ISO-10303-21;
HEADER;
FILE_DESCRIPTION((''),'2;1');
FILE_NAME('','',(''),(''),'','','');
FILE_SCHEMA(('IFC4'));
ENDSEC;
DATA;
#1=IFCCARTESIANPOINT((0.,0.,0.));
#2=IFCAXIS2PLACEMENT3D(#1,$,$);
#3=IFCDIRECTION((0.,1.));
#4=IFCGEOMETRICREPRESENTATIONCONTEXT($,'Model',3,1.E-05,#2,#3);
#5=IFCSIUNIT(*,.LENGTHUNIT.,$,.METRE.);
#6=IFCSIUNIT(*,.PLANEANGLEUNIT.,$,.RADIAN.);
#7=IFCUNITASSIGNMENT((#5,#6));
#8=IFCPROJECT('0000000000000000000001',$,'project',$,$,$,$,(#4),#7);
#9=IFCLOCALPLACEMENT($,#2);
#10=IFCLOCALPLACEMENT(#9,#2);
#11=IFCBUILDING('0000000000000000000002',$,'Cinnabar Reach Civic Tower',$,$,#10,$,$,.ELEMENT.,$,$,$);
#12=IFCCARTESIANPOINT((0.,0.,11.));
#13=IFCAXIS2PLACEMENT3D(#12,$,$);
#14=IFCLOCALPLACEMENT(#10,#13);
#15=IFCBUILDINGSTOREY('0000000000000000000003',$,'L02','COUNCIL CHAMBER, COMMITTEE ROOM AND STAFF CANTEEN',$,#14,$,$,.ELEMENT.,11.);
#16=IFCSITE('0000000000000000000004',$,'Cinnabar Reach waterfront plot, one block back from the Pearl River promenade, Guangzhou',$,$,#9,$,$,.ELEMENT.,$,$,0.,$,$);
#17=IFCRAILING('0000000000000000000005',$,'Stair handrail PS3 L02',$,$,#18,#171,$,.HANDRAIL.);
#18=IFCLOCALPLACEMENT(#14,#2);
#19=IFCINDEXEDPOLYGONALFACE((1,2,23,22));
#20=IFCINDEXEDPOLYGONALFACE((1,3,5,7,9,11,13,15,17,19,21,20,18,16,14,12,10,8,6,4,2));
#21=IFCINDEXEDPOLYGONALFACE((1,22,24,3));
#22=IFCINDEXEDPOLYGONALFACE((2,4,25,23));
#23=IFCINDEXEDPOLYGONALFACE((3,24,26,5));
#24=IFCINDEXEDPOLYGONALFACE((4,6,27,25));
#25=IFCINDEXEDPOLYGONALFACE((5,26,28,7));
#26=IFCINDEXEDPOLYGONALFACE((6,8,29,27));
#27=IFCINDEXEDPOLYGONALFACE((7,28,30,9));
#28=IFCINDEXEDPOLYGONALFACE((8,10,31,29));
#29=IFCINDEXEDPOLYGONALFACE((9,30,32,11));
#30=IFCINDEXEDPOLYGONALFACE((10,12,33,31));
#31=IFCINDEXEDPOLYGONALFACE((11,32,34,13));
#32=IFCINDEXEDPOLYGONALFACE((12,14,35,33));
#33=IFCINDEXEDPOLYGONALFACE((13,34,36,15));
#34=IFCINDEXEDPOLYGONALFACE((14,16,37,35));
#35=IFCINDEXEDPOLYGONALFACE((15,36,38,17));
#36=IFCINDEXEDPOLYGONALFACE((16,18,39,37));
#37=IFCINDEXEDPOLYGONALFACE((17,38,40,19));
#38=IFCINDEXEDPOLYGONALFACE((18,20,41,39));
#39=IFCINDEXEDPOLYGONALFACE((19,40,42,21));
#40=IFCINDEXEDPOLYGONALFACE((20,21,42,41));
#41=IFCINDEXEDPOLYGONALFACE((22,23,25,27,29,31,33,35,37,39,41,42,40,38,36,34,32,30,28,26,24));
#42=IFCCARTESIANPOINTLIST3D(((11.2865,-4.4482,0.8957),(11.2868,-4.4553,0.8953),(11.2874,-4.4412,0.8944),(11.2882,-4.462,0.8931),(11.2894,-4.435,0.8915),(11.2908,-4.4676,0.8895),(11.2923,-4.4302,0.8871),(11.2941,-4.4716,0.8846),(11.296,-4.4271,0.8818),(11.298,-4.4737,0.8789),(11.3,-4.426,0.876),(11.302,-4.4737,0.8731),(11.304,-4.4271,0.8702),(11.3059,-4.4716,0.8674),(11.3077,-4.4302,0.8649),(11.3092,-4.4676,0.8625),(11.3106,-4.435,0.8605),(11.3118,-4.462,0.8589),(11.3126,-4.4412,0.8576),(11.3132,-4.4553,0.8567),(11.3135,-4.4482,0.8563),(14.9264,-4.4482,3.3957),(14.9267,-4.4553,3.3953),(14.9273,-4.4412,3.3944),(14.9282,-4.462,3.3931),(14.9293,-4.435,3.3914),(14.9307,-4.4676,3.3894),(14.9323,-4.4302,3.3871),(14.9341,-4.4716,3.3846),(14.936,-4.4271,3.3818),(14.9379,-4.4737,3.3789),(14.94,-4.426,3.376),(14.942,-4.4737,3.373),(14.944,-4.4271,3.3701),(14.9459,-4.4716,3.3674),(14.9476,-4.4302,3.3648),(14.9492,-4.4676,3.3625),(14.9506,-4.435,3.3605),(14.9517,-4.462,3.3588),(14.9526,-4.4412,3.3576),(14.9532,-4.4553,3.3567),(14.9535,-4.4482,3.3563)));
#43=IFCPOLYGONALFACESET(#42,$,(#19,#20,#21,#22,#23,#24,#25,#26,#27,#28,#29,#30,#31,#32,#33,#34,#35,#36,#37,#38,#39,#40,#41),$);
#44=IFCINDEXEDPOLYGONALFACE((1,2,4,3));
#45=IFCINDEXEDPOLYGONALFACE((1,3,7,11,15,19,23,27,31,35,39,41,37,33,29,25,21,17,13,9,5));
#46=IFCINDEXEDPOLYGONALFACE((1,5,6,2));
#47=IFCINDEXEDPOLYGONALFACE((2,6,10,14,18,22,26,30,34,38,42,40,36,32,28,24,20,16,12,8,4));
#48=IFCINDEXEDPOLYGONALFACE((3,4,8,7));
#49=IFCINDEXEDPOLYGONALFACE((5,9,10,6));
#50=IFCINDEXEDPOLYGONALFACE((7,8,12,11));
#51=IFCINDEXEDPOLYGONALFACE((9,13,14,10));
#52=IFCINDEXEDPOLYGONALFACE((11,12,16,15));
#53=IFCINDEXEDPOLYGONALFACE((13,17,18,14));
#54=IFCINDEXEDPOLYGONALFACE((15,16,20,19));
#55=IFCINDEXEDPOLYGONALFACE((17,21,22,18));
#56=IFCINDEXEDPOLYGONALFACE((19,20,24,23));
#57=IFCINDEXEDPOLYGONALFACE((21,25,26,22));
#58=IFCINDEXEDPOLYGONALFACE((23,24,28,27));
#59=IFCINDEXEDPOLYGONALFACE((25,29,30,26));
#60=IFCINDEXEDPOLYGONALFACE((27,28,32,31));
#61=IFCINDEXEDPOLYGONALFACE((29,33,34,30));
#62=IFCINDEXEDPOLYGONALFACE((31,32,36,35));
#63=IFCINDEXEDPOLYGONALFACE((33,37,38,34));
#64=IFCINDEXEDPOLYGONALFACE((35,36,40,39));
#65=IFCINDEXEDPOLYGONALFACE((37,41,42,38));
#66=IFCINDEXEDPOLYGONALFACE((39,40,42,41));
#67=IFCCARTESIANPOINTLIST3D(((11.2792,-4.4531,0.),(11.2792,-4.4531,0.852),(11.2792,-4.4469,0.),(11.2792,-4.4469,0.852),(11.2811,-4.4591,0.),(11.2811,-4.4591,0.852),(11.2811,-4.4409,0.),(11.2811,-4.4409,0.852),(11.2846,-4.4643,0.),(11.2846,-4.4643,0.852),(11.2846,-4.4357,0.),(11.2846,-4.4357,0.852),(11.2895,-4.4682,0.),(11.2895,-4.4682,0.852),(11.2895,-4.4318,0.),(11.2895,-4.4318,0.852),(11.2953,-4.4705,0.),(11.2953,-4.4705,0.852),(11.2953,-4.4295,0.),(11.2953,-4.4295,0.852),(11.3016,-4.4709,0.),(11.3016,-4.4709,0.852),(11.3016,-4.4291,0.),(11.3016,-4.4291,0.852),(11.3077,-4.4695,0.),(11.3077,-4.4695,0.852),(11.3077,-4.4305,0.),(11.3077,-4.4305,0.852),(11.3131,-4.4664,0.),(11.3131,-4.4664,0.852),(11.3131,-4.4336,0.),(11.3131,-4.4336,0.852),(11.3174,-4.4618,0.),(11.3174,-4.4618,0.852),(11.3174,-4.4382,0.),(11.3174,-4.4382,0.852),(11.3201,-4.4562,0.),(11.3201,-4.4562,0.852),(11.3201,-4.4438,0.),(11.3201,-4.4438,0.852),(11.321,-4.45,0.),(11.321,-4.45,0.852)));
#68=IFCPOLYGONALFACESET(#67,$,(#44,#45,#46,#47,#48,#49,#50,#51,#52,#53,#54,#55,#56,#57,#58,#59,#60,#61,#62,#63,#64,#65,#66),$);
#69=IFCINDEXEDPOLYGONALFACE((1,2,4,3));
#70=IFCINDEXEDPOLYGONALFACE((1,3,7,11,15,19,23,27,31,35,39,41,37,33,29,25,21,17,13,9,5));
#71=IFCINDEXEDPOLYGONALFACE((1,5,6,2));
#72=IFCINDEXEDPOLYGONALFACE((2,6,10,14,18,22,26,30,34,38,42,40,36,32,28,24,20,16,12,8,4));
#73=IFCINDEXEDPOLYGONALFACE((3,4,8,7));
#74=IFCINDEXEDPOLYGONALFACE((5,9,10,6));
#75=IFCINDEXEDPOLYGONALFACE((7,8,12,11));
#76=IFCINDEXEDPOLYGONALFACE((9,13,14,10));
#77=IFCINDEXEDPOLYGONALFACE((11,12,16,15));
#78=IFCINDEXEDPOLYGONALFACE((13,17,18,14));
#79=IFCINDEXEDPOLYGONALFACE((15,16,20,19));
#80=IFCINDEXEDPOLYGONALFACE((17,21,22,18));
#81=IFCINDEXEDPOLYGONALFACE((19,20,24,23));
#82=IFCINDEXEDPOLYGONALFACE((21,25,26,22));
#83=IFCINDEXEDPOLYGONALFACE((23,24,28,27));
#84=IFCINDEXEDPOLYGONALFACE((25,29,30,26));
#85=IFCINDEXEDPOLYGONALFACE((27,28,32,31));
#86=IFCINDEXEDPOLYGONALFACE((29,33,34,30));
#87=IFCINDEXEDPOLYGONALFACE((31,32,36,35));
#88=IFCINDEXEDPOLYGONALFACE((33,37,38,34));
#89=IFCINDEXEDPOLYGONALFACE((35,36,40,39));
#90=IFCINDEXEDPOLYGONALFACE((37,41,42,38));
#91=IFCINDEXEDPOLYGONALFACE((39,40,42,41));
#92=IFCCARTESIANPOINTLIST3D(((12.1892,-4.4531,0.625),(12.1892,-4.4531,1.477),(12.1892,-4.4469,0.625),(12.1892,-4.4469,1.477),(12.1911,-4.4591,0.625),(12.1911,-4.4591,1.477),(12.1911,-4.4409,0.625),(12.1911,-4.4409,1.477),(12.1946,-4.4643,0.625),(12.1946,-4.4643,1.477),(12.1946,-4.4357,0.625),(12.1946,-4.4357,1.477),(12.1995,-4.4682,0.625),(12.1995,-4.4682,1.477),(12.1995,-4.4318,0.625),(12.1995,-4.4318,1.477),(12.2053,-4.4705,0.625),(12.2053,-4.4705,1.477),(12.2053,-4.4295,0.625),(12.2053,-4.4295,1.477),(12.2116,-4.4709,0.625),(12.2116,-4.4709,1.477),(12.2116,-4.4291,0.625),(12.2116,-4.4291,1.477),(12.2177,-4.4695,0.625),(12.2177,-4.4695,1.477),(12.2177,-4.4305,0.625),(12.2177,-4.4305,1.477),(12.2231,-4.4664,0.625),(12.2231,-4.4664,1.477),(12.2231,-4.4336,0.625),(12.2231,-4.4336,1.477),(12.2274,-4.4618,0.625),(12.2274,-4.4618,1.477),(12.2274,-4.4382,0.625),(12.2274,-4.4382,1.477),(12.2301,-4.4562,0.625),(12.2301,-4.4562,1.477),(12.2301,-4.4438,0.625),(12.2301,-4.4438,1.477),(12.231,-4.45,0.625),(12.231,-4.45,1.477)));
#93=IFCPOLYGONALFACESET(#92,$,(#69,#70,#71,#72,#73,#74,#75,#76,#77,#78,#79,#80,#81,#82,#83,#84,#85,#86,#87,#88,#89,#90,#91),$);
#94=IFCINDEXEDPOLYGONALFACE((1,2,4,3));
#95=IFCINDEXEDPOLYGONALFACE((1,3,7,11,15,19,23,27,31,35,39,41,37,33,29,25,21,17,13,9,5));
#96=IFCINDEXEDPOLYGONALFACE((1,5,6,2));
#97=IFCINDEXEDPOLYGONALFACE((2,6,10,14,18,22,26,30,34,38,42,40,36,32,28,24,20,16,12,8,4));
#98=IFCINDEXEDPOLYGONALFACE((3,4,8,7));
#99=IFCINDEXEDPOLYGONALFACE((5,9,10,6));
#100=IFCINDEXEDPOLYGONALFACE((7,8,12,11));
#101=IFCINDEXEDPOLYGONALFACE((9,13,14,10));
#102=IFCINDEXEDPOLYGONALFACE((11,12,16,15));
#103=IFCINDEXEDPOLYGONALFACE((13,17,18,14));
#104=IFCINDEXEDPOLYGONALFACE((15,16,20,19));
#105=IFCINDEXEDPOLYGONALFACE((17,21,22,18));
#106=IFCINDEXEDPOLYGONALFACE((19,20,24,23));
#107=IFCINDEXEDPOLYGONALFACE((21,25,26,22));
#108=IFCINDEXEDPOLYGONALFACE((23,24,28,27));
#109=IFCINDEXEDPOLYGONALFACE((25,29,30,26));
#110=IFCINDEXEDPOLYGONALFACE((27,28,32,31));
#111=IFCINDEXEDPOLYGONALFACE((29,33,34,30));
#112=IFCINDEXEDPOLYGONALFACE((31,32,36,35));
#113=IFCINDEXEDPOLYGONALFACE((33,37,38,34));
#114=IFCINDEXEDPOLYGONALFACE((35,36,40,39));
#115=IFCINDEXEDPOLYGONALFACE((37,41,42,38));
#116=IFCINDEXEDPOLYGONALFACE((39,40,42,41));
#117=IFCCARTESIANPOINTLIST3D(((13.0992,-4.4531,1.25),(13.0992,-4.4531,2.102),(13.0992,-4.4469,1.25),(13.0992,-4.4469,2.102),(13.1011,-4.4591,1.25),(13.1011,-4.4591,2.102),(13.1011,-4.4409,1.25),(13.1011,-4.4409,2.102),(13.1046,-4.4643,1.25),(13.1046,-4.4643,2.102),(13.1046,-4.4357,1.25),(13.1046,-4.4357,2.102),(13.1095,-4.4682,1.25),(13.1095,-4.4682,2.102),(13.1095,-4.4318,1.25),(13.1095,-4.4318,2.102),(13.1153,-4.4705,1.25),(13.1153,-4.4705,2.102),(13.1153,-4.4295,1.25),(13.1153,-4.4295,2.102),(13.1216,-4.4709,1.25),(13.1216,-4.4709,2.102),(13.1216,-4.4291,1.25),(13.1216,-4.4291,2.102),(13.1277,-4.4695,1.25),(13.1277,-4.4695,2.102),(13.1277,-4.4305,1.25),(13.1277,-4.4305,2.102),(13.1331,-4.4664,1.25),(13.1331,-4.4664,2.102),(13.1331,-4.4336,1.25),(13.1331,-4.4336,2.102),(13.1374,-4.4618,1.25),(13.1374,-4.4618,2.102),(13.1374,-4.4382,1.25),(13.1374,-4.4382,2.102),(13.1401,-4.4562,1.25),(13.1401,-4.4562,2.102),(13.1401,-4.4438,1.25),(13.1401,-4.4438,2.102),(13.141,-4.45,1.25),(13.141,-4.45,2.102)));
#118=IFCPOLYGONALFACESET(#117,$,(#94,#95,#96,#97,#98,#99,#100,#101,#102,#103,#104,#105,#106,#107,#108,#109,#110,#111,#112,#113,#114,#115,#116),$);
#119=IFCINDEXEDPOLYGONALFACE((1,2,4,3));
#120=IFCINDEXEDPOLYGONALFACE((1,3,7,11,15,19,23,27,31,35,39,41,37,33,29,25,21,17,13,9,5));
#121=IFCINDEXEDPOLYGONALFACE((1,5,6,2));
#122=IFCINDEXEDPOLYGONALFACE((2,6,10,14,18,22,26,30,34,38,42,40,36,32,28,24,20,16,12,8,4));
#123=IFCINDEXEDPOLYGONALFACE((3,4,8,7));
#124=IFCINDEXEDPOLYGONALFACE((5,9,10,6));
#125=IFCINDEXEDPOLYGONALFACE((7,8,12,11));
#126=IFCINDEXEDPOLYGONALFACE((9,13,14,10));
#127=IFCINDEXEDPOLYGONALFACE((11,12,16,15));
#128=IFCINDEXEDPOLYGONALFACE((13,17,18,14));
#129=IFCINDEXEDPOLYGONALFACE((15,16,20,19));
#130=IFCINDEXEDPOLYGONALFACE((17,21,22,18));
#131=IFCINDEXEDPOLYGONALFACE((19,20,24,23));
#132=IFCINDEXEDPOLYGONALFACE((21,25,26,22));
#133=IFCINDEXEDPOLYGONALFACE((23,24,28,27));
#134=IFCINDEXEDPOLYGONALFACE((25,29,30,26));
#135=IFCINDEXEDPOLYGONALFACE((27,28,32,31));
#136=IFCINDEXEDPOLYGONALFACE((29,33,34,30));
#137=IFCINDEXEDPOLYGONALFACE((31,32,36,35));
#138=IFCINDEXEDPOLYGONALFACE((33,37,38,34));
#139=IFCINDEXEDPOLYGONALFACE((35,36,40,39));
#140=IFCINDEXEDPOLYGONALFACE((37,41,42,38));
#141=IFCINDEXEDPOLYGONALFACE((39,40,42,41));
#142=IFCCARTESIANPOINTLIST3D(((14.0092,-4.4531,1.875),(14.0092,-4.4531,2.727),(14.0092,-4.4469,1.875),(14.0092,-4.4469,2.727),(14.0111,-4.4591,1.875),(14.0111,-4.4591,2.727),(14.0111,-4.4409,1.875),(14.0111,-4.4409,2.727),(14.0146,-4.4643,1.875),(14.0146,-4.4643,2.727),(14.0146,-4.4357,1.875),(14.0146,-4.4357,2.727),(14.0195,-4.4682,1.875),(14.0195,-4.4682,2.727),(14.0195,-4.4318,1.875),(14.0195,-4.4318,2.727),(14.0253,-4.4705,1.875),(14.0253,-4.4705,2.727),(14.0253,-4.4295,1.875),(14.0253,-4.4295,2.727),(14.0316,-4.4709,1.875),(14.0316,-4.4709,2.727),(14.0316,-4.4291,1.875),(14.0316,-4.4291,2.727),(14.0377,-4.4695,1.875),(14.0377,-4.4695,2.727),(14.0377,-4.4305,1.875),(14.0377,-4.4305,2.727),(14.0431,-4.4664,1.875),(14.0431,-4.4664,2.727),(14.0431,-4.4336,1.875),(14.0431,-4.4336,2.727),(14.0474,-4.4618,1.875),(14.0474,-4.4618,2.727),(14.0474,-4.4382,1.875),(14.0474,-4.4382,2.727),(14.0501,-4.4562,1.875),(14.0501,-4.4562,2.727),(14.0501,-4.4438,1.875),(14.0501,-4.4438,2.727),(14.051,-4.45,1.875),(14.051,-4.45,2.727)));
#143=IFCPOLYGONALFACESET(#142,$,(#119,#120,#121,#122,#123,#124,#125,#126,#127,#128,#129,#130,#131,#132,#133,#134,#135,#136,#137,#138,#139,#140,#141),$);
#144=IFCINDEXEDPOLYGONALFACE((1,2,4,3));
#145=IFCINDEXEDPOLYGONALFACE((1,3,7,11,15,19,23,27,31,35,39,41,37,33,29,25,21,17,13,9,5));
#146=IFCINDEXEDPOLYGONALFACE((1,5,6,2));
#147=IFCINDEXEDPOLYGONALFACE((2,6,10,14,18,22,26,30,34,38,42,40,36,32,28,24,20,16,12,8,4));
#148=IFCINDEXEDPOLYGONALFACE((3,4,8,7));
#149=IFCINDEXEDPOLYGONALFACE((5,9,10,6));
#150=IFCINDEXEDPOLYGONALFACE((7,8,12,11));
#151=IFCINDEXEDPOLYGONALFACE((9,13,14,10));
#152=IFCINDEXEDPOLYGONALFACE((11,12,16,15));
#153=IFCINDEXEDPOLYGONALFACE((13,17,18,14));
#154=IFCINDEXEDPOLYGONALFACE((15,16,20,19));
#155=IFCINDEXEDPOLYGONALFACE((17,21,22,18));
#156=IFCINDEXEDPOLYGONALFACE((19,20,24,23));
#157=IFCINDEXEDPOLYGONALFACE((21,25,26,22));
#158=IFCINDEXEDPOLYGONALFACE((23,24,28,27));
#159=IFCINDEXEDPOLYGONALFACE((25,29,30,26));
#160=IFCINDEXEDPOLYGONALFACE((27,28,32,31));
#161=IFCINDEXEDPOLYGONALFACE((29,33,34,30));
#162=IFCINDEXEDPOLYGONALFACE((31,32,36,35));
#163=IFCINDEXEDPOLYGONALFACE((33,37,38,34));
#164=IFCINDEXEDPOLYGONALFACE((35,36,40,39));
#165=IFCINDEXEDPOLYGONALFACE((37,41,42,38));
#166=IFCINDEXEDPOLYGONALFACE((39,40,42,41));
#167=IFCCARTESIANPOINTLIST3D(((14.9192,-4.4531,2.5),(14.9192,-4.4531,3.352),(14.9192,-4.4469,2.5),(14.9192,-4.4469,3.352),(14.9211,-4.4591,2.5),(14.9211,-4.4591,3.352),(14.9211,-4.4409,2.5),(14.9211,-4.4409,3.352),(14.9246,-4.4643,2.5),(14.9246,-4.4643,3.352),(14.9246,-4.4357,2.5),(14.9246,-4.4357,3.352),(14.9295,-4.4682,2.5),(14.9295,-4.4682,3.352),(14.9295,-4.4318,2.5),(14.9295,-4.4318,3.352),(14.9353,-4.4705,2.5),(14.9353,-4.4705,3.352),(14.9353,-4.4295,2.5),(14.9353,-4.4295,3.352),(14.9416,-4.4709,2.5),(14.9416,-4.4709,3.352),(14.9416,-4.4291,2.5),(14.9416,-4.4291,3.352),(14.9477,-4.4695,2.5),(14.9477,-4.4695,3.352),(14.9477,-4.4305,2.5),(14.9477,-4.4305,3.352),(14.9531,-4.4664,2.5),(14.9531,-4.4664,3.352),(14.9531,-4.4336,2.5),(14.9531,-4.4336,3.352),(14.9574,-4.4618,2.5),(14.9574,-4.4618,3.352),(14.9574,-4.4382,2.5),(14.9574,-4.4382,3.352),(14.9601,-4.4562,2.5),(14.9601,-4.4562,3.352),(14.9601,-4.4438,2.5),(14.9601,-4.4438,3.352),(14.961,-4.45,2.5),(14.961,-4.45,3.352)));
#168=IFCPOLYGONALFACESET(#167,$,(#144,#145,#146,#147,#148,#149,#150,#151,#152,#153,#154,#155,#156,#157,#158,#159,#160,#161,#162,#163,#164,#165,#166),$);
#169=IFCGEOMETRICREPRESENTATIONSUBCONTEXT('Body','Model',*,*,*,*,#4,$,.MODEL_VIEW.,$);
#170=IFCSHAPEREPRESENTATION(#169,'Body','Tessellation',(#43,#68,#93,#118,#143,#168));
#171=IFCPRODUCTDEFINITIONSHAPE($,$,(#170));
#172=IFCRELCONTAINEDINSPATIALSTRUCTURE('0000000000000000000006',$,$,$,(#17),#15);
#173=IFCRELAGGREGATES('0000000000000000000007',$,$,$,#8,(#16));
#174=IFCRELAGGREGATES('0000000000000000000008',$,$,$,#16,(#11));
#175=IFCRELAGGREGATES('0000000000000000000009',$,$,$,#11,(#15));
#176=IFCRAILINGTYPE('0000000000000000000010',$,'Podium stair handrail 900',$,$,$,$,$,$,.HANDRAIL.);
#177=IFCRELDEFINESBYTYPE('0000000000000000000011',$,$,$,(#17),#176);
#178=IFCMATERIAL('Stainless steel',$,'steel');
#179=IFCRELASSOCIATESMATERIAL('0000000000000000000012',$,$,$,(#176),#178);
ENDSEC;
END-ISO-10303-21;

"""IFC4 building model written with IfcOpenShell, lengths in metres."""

from ifc_helpers import new_model, si_unit, direction, frame, origin, origin_2d, place, context, subcontext, project, spatial, circle, extrude, material, type_object, element, save


model = new_model("IFC4")

# Units and contexts
model_context = context("Model", 3, precision=1e-05, world=origin(), true_north=direction((0.0, 1.0)))
body_context = subcontext(model_context, "Body", "Model", "MODEL_VIEW")
ifc_project = project(units=[si_unit("LENGTHUNIT", "METRE"), si_unit("PLANEANGLEUNIT", "RADIAN")], contexts=[model_context])

# Site, building, storey
site_placement = place(None, origin())
site = spatial("IfcSite", under=ifc_project, at=site_placement, Name="Cinnabar Reach waterfront plot, one block back from the Pearl River promenade, Guangzhou", CompositionType="ELEMENT", RefElevation=0.0)
building_placement = place(site_placement, origin())
building = spatial("IfcBuilding", under=site, at=building_placement, Name="Cinnabar Reach Civic Tower", CompositionType="ELEMENT")
storey_placement = place(building_placement, frame((0.0, 0.0, 11.0)))
storey = spatial("IfcBuildingStorey", under=building, at=storey_placement, Name="L02", Description="COUNCIL CHAMBER, COMMITTEE ROOM AND STAFF CANTEEN", CompositionType="ELEMENT", Elevation=11.0)

# Railing
ifc_material_1 = material(Name="Stainless steel", Category="steel")
railing_type_1 = type_object("IfcRailingType", Name="Podium stair handrail 900", PredefinedType="HANDRAIL", material=ifc_material_1)
railing_1_placement = place(storey_placement, frame((11.3, -4.45, 0.0)))
element("IfcRailing", 1, at=railing_1_placement, inside=storey, type_object=railing_type_1, Name="Stair handrail PS3 L02", PredefinedType="HANDRAIL", context=body_context, shape_type="SweptSolid", body=[
    extrude(circle(Radius=0.024, at=origin_2d()), frame((0.0, 0.0, 0.876), z_axis=(0.824306, 0.0, 0.566144), x_axis=(0.0, 1.0, 0.0)), (0.0, 0.0, 1.0), 4.4158),
    extrude(circle(Radius=0.021, at=origin_2d()), origin(), (0.0, 0.0, 1.0), 0.852),
    extrude(circle(Radius=0.021, at=origin_2d()), frame((0.91, 0.0, 0.625)), (0.0, 0.0, 1.0), 0.852),
    extrude(circle(Radius=0.021, at=origin_2d()), frame((1.82, 0.0, 1.25)), (0.0, 0.0, 1.0), 0.852),
    extrude(circle(Radius=0.021, at=origin_2d()), frame((2.73, 0.0, 1.875)), (0.0, 0.0, 1.0), 0.852),
    extrude(circle(Radius=0.021, at=origin_2d()), frame((3.64, 0.0, 2.5)), (0.0, 0.0, 1.0), 0.852),
])

save(model, "model.ifc")
